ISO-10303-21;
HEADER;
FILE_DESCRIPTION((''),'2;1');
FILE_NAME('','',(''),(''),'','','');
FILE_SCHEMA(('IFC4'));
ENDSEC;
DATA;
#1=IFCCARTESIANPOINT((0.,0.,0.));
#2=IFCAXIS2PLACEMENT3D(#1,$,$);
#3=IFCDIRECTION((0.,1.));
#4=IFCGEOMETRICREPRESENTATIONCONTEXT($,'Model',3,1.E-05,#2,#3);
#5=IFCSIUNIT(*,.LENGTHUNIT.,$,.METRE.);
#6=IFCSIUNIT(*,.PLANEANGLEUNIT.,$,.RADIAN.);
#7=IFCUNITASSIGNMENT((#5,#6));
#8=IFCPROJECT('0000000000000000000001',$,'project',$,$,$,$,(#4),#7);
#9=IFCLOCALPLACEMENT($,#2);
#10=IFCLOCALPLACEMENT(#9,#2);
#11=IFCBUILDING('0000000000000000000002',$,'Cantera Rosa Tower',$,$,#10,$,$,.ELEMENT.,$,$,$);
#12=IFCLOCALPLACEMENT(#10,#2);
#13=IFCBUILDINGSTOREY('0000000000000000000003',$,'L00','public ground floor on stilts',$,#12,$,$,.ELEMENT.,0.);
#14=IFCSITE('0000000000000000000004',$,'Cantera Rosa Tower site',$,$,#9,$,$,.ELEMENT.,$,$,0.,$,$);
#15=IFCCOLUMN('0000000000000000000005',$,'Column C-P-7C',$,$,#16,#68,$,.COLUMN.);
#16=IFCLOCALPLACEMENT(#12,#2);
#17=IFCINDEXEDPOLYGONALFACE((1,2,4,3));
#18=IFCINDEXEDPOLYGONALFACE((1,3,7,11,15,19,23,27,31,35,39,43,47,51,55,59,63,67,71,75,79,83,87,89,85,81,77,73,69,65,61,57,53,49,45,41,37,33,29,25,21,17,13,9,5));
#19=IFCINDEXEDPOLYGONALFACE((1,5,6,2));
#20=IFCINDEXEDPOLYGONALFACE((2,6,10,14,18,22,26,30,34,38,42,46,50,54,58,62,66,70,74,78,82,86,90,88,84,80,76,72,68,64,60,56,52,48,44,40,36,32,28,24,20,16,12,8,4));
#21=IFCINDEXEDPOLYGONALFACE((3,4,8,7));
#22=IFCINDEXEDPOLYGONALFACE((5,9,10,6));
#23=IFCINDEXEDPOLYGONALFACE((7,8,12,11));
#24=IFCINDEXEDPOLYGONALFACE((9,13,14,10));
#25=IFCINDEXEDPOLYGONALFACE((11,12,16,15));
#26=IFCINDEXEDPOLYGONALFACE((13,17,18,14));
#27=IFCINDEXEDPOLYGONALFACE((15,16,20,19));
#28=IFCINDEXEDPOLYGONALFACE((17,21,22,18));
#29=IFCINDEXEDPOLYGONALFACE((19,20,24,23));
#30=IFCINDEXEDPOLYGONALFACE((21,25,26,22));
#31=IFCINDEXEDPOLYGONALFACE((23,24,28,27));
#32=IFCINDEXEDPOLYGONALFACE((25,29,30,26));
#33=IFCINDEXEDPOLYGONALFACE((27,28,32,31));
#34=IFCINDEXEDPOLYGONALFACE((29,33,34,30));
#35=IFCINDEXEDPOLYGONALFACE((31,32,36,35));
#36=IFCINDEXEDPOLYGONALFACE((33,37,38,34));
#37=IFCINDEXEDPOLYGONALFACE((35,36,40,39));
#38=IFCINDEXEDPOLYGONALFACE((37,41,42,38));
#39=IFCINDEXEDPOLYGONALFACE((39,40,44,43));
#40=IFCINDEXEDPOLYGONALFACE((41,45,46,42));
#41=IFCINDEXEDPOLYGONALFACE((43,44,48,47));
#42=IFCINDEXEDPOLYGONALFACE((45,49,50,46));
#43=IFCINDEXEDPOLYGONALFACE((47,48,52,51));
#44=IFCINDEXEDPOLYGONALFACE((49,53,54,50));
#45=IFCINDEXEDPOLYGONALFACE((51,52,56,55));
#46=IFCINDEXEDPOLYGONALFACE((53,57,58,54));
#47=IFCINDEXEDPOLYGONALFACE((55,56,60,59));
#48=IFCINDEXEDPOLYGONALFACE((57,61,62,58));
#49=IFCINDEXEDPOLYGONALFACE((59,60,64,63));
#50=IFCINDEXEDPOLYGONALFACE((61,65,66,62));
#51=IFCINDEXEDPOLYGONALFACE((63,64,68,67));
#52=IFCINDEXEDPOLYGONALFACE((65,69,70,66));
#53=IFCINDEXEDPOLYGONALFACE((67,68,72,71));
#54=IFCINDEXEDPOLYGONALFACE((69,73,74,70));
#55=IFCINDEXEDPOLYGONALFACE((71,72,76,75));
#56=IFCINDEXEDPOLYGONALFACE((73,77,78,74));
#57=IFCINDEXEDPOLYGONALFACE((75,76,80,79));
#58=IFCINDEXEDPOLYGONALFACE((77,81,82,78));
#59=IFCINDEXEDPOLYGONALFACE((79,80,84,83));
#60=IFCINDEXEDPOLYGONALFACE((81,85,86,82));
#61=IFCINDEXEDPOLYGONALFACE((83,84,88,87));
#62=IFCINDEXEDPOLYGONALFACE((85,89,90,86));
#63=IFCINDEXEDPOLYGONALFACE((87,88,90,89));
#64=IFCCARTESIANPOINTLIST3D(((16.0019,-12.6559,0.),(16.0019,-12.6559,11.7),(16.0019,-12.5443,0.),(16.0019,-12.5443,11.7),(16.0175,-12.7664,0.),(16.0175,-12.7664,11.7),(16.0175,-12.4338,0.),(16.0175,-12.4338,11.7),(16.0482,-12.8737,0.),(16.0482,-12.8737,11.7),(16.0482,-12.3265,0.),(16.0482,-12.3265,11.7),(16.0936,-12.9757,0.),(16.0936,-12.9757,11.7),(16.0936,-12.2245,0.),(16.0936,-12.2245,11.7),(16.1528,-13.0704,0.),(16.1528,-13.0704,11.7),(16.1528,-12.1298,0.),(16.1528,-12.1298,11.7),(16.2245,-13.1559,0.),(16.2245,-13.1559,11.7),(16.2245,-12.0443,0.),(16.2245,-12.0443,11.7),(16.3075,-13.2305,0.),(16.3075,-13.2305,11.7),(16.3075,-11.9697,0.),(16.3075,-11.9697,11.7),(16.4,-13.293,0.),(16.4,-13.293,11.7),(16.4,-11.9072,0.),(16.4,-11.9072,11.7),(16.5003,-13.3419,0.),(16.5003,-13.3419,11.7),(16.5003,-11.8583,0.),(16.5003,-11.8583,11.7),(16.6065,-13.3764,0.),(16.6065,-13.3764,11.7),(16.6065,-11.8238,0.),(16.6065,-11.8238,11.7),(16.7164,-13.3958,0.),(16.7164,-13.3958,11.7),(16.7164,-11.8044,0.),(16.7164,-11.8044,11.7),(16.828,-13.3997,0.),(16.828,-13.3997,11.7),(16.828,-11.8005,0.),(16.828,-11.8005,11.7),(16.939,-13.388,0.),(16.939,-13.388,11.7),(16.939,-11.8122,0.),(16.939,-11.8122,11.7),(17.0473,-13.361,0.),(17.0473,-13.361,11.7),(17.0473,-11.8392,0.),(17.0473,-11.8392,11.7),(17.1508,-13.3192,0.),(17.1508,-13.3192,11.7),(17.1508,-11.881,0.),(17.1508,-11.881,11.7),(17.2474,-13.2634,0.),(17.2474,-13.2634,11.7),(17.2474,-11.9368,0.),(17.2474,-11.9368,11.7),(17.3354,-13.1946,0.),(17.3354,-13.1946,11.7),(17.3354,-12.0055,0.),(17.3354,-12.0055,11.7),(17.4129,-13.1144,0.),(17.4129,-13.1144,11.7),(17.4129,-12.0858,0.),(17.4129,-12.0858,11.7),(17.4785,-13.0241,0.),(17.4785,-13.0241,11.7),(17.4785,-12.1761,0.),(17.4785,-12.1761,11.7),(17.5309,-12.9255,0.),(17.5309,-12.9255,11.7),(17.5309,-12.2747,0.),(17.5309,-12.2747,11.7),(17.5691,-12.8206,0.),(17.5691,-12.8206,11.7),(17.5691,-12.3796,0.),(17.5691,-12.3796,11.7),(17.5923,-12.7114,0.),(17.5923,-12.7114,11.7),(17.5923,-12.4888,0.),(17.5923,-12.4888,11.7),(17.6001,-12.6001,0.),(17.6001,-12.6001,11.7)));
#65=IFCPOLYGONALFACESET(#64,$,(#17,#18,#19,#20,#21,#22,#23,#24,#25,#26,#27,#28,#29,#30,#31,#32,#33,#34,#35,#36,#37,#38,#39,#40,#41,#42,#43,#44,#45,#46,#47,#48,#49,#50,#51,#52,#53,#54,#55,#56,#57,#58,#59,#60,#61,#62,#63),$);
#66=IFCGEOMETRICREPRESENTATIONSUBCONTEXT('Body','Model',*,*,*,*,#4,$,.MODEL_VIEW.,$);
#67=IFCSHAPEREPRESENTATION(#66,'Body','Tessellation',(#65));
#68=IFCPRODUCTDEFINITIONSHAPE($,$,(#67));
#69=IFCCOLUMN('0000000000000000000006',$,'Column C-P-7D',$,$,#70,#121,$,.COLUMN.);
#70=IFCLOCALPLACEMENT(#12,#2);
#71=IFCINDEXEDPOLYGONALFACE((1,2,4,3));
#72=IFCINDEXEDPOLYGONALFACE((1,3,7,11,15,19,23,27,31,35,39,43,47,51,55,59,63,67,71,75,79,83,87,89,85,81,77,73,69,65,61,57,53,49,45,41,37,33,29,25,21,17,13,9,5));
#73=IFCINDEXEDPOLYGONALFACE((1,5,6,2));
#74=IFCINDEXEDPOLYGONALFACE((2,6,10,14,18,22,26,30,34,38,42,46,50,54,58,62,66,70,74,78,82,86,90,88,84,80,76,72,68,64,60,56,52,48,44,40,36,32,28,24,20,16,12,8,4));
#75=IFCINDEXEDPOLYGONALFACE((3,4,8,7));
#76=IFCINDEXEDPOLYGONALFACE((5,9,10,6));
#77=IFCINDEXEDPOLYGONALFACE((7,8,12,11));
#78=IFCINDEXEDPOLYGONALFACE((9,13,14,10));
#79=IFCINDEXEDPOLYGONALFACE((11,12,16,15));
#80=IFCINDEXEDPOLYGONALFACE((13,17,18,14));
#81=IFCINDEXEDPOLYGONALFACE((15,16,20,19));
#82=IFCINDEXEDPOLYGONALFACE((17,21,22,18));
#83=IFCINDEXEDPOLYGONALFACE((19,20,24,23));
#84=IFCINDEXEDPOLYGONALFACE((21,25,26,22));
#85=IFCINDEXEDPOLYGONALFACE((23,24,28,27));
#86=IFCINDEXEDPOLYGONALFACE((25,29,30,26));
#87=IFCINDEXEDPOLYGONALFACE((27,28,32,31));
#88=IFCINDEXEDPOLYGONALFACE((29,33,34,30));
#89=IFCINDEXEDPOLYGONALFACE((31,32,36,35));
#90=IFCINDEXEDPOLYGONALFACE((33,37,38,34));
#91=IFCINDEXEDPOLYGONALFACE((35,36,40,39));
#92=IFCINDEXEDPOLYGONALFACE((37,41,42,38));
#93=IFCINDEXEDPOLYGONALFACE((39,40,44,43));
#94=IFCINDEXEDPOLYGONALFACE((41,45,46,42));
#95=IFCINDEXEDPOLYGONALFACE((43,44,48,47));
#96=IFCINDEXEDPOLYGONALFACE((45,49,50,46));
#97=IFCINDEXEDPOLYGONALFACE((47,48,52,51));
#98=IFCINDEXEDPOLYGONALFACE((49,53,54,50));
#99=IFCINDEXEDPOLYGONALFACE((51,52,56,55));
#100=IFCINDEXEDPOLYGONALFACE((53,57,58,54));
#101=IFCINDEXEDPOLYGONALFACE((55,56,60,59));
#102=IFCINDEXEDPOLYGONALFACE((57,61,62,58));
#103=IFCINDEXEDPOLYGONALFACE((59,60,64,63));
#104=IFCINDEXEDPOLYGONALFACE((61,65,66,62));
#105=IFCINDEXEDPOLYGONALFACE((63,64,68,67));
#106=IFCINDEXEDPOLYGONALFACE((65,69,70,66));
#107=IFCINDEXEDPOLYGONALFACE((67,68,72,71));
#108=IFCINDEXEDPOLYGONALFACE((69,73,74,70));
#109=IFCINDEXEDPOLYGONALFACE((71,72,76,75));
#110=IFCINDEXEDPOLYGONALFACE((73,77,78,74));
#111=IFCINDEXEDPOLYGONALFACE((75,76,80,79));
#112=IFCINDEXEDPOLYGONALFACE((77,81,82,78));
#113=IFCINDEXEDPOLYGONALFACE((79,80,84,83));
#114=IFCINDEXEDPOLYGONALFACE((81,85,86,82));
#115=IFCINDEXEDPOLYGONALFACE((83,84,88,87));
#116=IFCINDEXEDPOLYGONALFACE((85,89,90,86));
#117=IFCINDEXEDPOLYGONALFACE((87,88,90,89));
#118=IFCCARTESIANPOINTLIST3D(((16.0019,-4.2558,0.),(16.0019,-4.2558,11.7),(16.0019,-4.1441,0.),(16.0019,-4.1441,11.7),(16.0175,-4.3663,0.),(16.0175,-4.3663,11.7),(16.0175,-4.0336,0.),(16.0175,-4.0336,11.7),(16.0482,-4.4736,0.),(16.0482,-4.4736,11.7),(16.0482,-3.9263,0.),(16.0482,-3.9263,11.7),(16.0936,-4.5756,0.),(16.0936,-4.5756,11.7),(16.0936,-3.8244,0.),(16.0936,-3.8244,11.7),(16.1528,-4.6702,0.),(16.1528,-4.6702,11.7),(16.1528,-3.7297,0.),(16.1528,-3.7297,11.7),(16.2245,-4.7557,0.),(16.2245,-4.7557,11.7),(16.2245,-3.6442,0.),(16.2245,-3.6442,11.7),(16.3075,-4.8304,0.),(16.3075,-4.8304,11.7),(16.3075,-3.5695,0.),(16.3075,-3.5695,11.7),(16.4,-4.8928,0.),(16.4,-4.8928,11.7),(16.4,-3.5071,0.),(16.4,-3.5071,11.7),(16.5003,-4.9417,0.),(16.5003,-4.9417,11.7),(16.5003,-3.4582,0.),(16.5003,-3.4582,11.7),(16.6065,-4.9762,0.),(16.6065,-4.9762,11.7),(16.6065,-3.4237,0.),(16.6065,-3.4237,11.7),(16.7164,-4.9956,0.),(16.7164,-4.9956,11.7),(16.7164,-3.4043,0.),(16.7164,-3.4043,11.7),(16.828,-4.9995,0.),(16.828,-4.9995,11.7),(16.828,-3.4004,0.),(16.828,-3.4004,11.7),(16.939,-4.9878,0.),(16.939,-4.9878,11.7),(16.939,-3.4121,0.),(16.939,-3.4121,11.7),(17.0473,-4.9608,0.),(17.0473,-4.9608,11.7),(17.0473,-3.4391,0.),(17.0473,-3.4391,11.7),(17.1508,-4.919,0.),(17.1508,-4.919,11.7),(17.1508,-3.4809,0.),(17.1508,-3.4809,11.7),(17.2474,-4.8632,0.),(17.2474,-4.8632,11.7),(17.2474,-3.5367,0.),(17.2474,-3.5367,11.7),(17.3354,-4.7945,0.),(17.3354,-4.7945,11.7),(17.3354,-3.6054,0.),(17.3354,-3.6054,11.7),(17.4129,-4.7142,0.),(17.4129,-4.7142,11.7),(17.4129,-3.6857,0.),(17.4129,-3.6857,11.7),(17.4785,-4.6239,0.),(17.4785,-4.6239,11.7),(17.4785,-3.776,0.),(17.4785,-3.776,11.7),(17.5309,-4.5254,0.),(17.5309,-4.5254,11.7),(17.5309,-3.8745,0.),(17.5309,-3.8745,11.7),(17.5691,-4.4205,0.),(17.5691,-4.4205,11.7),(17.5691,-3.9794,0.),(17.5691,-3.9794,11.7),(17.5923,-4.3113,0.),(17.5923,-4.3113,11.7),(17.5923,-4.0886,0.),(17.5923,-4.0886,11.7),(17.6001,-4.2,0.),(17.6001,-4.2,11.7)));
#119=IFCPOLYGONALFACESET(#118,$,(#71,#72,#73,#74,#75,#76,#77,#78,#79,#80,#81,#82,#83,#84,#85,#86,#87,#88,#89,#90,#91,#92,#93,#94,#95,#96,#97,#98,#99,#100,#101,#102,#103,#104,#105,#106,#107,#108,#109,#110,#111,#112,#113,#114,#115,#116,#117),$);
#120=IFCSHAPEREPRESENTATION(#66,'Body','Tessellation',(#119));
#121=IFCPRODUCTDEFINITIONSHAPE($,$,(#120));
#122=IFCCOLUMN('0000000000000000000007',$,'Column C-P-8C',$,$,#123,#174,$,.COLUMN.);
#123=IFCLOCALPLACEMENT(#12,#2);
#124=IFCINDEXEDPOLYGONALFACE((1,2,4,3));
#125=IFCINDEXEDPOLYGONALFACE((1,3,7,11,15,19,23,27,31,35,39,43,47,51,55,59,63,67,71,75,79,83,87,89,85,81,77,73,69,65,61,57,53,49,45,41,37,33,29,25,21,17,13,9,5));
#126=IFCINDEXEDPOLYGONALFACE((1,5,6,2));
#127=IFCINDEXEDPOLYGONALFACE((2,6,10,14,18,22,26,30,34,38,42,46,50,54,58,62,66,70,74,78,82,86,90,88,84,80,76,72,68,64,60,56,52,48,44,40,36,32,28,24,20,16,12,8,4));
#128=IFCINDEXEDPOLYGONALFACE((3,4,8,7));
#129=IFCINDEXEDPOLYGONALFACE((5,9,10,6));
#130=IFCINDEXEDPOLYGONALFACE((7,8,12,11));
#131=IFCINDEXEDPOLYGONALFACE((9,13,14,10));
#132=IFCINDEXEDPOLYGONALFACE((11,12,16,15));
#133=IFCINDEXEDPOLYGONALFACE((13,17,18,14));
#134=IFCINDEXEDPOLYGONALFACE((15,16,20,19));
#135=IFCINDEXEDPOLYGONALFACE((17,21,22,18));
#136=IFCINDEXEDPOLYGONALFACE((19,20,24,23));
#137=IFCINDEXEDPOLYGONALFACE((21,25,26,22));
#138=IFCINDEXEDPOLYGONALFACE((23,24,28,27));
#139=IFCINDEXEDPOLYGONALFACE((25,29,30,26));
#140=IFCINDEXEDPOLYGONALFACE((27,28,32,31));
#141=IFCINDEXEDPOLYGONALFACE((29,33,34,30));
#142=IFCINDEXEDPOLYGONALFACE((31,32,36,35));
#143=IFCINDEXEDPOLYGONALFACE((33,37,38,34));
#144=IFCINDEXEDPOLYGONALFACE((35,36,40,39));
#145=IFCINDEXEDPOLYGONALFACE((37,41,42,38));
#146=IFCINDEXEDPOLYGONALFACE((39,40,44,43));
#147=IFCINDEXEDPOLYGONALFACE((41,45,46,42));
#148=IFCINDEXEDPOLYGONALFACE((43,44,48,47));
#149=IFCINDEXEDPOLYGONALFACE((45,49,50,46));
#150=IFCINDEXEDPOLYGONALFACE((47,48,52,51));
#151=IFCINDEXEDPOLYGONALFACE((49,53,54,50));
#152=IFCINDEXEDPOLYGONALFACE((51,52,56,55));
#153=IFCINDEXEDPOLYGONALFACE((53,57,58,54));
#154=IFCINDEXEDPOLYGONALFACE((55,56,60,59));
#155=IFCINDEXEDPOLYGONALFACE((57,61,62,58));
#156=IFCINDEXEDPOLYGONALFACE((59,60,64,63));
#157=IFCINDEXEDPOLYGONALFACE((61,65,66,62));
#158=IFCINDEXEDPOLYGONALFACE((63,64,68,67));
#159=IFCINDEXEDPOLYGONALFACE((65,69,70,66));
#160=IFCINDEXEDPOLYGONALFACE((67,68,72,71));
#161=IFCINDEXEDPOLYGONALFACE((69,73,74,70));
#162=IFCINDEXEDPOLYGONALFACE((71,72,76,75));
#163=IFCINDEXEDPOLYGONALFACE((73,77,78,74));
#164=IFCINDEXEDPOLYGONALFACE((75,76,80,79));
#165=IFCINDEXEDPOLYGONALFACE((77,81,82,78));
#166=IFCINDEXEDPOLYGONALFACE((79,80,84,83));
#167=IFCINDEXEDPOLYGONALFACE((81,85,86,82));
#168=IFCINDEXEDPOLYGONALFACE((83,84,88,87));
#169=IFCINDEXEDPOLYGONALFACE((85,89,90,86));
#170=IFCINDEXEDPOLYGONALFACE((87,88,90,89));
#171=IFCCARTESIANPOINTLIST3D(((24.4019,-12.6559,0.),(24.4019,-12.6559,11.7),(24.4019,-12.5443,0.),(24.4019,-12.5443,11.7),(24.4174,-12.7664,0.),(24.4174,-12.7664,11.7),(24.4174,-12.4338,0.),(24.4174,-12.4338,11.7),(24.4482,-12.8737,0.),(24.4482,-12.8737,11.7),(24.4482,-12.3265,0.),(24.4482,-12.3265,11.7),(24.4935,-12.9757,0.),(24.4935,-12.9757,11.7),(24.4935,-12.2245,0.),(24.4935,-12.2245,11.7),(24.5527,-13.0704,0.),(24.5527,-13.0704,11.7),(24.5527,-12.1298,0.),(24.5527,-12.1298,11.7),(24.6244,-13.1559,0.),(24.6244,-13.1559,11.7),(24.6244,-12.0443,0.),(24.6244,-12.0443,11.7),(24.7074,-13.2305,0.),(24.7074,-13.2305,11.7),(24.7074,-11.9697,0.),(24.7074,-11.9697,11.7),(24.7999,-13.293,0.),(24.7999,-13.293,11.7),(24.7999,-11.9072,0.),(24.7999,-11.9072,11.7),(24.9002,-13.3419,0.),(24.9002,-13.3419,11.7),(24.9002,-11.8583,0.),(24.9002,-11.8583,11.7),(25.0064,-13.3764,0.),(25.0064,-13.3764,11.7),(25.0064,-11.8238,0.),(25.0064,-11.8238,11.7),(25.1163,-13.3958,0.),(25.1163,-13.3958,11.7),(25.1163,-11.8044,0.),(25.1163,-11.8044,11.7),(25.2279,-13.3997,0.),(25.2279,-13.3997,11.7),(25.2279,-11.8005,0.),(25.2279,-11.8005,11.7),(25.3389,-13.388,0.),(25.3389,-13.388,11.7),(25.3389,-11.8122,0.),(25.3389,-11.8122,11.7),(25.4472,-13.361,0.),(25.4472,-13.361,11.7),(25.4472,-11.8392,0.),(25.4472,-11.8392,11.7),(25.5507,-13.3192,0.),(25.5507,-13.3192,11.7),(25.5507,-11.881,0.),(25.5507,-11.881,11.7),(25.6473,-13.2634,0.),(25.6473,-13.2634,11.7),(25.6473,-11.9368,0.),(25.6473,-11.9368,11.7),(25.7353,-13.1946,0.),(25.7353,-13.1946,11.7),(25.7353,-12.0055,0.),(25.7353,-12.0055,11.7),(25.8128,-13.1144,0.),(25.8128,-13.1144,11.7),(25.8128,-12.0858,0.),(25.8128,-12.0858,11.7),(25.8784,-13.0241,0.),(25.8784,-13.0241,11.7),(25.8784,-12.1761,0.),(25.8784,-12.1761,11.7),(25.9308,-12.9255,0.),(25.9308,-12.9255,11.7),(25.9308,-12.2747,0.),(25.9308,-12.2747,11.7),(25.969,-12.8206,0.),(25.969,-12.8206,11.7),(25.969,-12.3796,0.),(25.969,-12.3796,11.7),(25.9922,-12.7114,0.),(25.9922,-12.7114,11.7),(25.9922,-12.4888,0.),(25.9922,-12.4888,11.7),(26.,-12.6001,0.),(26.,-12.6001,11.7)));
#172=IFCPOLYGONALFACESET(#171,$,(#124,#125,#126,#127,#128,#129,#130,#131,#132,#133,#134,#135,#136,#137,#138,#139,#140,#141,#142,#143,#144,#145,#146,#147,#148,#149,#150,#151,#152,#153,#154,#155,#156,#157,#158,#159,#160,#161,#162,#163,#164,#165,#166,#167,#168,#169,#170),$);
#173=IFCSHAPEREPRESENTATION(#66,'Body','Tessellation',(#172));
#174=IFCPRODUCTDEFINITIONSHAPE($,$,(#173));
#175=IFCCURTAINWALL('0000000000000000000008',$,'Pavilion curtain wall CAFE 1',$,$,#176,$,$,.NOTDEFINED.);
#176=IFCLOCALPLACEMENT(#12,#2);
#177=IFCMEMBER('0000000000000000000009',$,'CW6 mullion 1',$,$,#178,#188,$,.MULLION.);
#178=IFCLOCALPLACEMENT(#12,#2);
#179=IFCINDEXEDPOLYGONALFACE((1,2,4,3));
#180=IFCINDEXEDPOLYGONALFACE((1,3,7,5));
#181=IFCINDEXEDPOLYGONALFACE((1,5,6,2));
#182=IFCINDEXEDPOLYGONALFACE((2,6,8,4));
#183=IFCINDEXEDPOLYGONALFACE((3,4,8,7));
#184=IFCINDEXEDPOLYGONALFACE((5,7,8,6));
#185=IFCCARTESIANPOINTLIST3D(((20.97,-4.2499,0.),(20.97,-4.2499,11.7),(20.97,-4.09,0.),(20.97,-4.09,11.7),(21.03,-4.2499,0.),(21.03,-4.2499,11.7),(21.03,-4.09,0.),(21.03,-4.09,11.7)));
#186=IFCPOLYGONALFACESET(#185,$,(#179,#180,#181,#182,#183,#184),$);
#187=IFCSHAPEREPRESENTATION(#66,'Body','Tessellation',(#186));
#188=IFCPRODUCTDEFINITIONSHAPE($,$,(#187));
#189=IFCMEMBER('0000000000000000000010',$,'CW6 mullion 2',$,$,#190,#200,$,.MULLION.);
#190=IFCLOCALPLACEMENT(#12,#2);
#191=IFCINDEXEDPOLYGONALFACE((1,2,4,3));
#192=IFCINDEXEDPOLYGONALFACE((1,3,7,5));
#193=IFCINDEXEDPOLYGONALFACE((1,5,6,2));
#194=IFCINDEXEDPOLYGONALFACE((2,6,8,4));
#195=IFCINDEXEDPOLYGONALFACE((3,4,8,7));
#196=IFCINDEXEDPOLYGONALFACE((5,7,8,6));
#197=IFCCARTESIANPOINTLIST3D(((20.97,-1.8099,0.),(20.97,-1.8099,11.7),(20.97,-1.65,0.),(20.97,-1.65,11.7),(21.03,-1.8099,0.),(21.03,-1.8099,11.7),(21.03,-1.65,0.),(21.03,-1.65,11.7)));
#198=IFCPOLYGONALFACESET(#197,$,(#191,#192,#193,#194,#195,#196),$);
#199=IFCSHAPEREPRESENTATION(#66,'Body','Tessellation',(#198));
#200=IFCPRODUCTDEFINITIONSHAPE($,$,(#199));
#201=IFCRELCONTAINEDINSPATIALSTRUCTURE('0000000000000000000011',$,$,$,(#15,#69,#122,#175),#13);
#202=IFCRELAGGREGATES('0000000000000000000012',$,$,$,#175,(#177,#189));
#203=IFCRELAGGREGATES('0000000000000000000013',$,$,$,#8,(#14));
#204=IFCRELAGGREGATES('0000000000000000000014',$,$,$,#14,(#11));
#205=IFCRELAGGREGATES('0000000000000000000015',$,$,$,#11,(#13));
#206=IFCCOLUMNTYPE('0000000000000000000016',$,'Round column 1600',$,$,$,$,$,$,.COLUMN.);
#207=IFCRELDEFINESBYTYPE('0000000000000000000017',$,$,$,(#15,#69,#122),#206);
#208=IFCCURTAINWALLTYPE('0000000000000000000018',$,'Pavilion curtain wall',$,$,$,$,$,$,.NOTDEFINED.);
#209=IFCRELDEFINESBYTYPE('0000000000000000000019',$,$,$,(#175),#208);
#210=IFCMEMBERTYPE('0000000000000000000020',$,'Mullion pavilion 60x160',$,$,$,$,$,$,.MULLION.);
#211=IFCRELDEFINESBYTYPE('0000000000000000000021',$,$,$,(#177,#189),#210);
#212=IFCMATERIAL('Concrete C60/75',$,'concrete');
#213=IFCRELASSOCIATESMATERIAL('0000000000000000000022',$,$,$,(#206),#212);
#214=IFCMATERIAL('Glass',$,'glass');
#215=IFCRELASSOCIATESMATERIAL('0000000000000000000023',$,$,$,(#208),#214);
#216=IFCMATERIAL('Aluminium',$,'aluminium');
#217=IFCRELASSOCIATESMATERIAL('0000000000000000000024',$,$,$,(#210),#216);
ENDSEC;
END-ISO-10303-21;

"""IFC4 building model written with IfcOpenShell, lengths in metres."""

from ifc_helpers import new_model, si_unit, direction, frame, origin, origin_2d, place, context, subcontext, project, spatial, rectangle, circle, extrude, material, material_profile, profile_set, type_object, element, aggregate, save


model = new_model("IFC4")

# Units and contexts
model_context = context("Model", 3, precision=1e-05, world=origin(), true_north=direction((0.0, 1.0)))
body_context = subcontext(model_context, "Body", "Model", "MODEL_VIEW")
ifc_project = project(units=[si_unit("LENGTHUNIT", "METRE"), si_unit("PLANEANGLEUNIT", "RADIAN")], contexts=[model_context])

# Site, building, storey
site_placement = place(None, origin())
site = spatial("IfcSite", under=ifc_project, at=site_placement, Name="Cantera Rosa Tower site", CompositionType="ELEMENT", RefElevation=0.0)
building_placement = place(site_placement, origin())
building = spatial("IfcBuilding", under=site, at=building_placement, Name="Cantera Rosa Tower", CompositionType="ELEMENT")
storey_placement = place(building_placement, origin())
storey = spatial("IfcBuildingStorey", under=building, at=storey_placement, Name="L00", Description="public ground floor on stilts", CompositionType="ELEMENT", Elevation=0.0)

# Columns
ifc_material_1 = material(Name="Concrete C60/75", Category="concrete")
ifc_material_profile_1 = material_profile(ifc_material_1, circle(Radius=0.8, at=origin_2d()), Name="Round column 1600")
ifc_profile_set_1 = profile_set([ifc_material_profile_1], Name="Concrete C60/75")
column_type = type_object("IfcColumnType", Name="Round column 1600", PredefinedType="COLUMN", material=ifc_profile_set_1)
for number, where, z_axis, x_axis, name in (
    (1, (16.8, -12.6001, 0.0), (0.0, 0.0, 1.0), (1.0, 0.0, 0.0), "Column C-P-7C"),
    (2, (16.8, -4.2, 0.0), (0.0, 0.0, 1.0), (1.0, 0.0, 0.0), "Column C-P-7D"),
    (3, (25.2, -12.6001, 0.0), (0.0, 0.0, 1.0), (1.0, 0.0, 0.0), "Column C-P-8C"),
):
    element("IfcColumn", number, at=place(storey_placement, frame(where, z_axis=z_axis, x_axis=x_axis)), inside=storey, type_object=column_type, Name=name, PredefinedType="COLUMN", context=body_context, shape_type="SweptSolid", body=[
        extrude(circle(Radius=0.8, at=origin_2d()), origin(), (0.0, 0.0, 1.0), 11.7),
    ])

# Curtain wall, members
ifc_material_2 = material(Name="Glass", Category="glass")
curtain_wall_type = type_object("IfcCurtainWallType", Name="Pavilion curtain wall", PredefinedType="NOTDEFINED", material=ifc_material_2)
curtain_wall_placement = place(storey_placement, origin())
curtain_wall = element("IfcCurtainWall", 4, at=curtain_wall_placement, inside=storey, type_object=curtain_wall_type, Name="Pavilion curtain wall CAFE 1", PredefinedType="NOTDEFINED")
ifc_material_3 = material(Name="Aluminium", Category="aluminium")
ifc_material_profile_2 = material_profile(ifc_material_3, rectangle(XDim=0.0601, YDim=0.1599, at=origin_2d()), Name="Mullion pavilion 60x160")
ifc_profile_set_2 = profile_set([ifc_material_profile_2], Name="Aluminium")
member_type_1 = type_object("IfcMemberType", Name="Mullion pavilion 60x160", PredefinedType="MULLION", material=ifc_profile_set_2)
member_1_placement = place(storey_placement, frame((21.0, -4.1699, 0.0), z_axis=(0.0, 0.0, 1.0), x_axis=(-1.0, 0.0, 0.0)))
member_1 = element("IfcMember", 5, at=member_1_placement, type_object=member_type_1, Name="CW6 mullion 1", PredefinedType="MULLION", context=body_context, shape_type="SweptSolid", body=[
    extrude(rectangle(XDim=0.0601, YDim=0.1599, at=origin_2d()), origin(), (0.0, 0.0, 1.0), 11.7),
])
member_2_placement = place(storey_placement, frame((21.0, -1.73, 0.0), z_axis=(0.0, 0.0, 1.0), x_axis=(-1.0, 0.0, 0.0)))
member_2 = element("IfcMember", 6, at=member_2_placement, type_object=member_type_1, Name="CW6 mullion 2", PredefinedType="MULLION", context=body_context, shape_type="SweptSolid", body=[
    extrude(rectangle(XDim=0.0601, YDim=0.1599, at=origin_2d()), origin(), (0.0, 0.0, 1.0), 11.7),
])
aggregate(curtain_wall, [member_1, member_2])

save(model, "model.ifc")
